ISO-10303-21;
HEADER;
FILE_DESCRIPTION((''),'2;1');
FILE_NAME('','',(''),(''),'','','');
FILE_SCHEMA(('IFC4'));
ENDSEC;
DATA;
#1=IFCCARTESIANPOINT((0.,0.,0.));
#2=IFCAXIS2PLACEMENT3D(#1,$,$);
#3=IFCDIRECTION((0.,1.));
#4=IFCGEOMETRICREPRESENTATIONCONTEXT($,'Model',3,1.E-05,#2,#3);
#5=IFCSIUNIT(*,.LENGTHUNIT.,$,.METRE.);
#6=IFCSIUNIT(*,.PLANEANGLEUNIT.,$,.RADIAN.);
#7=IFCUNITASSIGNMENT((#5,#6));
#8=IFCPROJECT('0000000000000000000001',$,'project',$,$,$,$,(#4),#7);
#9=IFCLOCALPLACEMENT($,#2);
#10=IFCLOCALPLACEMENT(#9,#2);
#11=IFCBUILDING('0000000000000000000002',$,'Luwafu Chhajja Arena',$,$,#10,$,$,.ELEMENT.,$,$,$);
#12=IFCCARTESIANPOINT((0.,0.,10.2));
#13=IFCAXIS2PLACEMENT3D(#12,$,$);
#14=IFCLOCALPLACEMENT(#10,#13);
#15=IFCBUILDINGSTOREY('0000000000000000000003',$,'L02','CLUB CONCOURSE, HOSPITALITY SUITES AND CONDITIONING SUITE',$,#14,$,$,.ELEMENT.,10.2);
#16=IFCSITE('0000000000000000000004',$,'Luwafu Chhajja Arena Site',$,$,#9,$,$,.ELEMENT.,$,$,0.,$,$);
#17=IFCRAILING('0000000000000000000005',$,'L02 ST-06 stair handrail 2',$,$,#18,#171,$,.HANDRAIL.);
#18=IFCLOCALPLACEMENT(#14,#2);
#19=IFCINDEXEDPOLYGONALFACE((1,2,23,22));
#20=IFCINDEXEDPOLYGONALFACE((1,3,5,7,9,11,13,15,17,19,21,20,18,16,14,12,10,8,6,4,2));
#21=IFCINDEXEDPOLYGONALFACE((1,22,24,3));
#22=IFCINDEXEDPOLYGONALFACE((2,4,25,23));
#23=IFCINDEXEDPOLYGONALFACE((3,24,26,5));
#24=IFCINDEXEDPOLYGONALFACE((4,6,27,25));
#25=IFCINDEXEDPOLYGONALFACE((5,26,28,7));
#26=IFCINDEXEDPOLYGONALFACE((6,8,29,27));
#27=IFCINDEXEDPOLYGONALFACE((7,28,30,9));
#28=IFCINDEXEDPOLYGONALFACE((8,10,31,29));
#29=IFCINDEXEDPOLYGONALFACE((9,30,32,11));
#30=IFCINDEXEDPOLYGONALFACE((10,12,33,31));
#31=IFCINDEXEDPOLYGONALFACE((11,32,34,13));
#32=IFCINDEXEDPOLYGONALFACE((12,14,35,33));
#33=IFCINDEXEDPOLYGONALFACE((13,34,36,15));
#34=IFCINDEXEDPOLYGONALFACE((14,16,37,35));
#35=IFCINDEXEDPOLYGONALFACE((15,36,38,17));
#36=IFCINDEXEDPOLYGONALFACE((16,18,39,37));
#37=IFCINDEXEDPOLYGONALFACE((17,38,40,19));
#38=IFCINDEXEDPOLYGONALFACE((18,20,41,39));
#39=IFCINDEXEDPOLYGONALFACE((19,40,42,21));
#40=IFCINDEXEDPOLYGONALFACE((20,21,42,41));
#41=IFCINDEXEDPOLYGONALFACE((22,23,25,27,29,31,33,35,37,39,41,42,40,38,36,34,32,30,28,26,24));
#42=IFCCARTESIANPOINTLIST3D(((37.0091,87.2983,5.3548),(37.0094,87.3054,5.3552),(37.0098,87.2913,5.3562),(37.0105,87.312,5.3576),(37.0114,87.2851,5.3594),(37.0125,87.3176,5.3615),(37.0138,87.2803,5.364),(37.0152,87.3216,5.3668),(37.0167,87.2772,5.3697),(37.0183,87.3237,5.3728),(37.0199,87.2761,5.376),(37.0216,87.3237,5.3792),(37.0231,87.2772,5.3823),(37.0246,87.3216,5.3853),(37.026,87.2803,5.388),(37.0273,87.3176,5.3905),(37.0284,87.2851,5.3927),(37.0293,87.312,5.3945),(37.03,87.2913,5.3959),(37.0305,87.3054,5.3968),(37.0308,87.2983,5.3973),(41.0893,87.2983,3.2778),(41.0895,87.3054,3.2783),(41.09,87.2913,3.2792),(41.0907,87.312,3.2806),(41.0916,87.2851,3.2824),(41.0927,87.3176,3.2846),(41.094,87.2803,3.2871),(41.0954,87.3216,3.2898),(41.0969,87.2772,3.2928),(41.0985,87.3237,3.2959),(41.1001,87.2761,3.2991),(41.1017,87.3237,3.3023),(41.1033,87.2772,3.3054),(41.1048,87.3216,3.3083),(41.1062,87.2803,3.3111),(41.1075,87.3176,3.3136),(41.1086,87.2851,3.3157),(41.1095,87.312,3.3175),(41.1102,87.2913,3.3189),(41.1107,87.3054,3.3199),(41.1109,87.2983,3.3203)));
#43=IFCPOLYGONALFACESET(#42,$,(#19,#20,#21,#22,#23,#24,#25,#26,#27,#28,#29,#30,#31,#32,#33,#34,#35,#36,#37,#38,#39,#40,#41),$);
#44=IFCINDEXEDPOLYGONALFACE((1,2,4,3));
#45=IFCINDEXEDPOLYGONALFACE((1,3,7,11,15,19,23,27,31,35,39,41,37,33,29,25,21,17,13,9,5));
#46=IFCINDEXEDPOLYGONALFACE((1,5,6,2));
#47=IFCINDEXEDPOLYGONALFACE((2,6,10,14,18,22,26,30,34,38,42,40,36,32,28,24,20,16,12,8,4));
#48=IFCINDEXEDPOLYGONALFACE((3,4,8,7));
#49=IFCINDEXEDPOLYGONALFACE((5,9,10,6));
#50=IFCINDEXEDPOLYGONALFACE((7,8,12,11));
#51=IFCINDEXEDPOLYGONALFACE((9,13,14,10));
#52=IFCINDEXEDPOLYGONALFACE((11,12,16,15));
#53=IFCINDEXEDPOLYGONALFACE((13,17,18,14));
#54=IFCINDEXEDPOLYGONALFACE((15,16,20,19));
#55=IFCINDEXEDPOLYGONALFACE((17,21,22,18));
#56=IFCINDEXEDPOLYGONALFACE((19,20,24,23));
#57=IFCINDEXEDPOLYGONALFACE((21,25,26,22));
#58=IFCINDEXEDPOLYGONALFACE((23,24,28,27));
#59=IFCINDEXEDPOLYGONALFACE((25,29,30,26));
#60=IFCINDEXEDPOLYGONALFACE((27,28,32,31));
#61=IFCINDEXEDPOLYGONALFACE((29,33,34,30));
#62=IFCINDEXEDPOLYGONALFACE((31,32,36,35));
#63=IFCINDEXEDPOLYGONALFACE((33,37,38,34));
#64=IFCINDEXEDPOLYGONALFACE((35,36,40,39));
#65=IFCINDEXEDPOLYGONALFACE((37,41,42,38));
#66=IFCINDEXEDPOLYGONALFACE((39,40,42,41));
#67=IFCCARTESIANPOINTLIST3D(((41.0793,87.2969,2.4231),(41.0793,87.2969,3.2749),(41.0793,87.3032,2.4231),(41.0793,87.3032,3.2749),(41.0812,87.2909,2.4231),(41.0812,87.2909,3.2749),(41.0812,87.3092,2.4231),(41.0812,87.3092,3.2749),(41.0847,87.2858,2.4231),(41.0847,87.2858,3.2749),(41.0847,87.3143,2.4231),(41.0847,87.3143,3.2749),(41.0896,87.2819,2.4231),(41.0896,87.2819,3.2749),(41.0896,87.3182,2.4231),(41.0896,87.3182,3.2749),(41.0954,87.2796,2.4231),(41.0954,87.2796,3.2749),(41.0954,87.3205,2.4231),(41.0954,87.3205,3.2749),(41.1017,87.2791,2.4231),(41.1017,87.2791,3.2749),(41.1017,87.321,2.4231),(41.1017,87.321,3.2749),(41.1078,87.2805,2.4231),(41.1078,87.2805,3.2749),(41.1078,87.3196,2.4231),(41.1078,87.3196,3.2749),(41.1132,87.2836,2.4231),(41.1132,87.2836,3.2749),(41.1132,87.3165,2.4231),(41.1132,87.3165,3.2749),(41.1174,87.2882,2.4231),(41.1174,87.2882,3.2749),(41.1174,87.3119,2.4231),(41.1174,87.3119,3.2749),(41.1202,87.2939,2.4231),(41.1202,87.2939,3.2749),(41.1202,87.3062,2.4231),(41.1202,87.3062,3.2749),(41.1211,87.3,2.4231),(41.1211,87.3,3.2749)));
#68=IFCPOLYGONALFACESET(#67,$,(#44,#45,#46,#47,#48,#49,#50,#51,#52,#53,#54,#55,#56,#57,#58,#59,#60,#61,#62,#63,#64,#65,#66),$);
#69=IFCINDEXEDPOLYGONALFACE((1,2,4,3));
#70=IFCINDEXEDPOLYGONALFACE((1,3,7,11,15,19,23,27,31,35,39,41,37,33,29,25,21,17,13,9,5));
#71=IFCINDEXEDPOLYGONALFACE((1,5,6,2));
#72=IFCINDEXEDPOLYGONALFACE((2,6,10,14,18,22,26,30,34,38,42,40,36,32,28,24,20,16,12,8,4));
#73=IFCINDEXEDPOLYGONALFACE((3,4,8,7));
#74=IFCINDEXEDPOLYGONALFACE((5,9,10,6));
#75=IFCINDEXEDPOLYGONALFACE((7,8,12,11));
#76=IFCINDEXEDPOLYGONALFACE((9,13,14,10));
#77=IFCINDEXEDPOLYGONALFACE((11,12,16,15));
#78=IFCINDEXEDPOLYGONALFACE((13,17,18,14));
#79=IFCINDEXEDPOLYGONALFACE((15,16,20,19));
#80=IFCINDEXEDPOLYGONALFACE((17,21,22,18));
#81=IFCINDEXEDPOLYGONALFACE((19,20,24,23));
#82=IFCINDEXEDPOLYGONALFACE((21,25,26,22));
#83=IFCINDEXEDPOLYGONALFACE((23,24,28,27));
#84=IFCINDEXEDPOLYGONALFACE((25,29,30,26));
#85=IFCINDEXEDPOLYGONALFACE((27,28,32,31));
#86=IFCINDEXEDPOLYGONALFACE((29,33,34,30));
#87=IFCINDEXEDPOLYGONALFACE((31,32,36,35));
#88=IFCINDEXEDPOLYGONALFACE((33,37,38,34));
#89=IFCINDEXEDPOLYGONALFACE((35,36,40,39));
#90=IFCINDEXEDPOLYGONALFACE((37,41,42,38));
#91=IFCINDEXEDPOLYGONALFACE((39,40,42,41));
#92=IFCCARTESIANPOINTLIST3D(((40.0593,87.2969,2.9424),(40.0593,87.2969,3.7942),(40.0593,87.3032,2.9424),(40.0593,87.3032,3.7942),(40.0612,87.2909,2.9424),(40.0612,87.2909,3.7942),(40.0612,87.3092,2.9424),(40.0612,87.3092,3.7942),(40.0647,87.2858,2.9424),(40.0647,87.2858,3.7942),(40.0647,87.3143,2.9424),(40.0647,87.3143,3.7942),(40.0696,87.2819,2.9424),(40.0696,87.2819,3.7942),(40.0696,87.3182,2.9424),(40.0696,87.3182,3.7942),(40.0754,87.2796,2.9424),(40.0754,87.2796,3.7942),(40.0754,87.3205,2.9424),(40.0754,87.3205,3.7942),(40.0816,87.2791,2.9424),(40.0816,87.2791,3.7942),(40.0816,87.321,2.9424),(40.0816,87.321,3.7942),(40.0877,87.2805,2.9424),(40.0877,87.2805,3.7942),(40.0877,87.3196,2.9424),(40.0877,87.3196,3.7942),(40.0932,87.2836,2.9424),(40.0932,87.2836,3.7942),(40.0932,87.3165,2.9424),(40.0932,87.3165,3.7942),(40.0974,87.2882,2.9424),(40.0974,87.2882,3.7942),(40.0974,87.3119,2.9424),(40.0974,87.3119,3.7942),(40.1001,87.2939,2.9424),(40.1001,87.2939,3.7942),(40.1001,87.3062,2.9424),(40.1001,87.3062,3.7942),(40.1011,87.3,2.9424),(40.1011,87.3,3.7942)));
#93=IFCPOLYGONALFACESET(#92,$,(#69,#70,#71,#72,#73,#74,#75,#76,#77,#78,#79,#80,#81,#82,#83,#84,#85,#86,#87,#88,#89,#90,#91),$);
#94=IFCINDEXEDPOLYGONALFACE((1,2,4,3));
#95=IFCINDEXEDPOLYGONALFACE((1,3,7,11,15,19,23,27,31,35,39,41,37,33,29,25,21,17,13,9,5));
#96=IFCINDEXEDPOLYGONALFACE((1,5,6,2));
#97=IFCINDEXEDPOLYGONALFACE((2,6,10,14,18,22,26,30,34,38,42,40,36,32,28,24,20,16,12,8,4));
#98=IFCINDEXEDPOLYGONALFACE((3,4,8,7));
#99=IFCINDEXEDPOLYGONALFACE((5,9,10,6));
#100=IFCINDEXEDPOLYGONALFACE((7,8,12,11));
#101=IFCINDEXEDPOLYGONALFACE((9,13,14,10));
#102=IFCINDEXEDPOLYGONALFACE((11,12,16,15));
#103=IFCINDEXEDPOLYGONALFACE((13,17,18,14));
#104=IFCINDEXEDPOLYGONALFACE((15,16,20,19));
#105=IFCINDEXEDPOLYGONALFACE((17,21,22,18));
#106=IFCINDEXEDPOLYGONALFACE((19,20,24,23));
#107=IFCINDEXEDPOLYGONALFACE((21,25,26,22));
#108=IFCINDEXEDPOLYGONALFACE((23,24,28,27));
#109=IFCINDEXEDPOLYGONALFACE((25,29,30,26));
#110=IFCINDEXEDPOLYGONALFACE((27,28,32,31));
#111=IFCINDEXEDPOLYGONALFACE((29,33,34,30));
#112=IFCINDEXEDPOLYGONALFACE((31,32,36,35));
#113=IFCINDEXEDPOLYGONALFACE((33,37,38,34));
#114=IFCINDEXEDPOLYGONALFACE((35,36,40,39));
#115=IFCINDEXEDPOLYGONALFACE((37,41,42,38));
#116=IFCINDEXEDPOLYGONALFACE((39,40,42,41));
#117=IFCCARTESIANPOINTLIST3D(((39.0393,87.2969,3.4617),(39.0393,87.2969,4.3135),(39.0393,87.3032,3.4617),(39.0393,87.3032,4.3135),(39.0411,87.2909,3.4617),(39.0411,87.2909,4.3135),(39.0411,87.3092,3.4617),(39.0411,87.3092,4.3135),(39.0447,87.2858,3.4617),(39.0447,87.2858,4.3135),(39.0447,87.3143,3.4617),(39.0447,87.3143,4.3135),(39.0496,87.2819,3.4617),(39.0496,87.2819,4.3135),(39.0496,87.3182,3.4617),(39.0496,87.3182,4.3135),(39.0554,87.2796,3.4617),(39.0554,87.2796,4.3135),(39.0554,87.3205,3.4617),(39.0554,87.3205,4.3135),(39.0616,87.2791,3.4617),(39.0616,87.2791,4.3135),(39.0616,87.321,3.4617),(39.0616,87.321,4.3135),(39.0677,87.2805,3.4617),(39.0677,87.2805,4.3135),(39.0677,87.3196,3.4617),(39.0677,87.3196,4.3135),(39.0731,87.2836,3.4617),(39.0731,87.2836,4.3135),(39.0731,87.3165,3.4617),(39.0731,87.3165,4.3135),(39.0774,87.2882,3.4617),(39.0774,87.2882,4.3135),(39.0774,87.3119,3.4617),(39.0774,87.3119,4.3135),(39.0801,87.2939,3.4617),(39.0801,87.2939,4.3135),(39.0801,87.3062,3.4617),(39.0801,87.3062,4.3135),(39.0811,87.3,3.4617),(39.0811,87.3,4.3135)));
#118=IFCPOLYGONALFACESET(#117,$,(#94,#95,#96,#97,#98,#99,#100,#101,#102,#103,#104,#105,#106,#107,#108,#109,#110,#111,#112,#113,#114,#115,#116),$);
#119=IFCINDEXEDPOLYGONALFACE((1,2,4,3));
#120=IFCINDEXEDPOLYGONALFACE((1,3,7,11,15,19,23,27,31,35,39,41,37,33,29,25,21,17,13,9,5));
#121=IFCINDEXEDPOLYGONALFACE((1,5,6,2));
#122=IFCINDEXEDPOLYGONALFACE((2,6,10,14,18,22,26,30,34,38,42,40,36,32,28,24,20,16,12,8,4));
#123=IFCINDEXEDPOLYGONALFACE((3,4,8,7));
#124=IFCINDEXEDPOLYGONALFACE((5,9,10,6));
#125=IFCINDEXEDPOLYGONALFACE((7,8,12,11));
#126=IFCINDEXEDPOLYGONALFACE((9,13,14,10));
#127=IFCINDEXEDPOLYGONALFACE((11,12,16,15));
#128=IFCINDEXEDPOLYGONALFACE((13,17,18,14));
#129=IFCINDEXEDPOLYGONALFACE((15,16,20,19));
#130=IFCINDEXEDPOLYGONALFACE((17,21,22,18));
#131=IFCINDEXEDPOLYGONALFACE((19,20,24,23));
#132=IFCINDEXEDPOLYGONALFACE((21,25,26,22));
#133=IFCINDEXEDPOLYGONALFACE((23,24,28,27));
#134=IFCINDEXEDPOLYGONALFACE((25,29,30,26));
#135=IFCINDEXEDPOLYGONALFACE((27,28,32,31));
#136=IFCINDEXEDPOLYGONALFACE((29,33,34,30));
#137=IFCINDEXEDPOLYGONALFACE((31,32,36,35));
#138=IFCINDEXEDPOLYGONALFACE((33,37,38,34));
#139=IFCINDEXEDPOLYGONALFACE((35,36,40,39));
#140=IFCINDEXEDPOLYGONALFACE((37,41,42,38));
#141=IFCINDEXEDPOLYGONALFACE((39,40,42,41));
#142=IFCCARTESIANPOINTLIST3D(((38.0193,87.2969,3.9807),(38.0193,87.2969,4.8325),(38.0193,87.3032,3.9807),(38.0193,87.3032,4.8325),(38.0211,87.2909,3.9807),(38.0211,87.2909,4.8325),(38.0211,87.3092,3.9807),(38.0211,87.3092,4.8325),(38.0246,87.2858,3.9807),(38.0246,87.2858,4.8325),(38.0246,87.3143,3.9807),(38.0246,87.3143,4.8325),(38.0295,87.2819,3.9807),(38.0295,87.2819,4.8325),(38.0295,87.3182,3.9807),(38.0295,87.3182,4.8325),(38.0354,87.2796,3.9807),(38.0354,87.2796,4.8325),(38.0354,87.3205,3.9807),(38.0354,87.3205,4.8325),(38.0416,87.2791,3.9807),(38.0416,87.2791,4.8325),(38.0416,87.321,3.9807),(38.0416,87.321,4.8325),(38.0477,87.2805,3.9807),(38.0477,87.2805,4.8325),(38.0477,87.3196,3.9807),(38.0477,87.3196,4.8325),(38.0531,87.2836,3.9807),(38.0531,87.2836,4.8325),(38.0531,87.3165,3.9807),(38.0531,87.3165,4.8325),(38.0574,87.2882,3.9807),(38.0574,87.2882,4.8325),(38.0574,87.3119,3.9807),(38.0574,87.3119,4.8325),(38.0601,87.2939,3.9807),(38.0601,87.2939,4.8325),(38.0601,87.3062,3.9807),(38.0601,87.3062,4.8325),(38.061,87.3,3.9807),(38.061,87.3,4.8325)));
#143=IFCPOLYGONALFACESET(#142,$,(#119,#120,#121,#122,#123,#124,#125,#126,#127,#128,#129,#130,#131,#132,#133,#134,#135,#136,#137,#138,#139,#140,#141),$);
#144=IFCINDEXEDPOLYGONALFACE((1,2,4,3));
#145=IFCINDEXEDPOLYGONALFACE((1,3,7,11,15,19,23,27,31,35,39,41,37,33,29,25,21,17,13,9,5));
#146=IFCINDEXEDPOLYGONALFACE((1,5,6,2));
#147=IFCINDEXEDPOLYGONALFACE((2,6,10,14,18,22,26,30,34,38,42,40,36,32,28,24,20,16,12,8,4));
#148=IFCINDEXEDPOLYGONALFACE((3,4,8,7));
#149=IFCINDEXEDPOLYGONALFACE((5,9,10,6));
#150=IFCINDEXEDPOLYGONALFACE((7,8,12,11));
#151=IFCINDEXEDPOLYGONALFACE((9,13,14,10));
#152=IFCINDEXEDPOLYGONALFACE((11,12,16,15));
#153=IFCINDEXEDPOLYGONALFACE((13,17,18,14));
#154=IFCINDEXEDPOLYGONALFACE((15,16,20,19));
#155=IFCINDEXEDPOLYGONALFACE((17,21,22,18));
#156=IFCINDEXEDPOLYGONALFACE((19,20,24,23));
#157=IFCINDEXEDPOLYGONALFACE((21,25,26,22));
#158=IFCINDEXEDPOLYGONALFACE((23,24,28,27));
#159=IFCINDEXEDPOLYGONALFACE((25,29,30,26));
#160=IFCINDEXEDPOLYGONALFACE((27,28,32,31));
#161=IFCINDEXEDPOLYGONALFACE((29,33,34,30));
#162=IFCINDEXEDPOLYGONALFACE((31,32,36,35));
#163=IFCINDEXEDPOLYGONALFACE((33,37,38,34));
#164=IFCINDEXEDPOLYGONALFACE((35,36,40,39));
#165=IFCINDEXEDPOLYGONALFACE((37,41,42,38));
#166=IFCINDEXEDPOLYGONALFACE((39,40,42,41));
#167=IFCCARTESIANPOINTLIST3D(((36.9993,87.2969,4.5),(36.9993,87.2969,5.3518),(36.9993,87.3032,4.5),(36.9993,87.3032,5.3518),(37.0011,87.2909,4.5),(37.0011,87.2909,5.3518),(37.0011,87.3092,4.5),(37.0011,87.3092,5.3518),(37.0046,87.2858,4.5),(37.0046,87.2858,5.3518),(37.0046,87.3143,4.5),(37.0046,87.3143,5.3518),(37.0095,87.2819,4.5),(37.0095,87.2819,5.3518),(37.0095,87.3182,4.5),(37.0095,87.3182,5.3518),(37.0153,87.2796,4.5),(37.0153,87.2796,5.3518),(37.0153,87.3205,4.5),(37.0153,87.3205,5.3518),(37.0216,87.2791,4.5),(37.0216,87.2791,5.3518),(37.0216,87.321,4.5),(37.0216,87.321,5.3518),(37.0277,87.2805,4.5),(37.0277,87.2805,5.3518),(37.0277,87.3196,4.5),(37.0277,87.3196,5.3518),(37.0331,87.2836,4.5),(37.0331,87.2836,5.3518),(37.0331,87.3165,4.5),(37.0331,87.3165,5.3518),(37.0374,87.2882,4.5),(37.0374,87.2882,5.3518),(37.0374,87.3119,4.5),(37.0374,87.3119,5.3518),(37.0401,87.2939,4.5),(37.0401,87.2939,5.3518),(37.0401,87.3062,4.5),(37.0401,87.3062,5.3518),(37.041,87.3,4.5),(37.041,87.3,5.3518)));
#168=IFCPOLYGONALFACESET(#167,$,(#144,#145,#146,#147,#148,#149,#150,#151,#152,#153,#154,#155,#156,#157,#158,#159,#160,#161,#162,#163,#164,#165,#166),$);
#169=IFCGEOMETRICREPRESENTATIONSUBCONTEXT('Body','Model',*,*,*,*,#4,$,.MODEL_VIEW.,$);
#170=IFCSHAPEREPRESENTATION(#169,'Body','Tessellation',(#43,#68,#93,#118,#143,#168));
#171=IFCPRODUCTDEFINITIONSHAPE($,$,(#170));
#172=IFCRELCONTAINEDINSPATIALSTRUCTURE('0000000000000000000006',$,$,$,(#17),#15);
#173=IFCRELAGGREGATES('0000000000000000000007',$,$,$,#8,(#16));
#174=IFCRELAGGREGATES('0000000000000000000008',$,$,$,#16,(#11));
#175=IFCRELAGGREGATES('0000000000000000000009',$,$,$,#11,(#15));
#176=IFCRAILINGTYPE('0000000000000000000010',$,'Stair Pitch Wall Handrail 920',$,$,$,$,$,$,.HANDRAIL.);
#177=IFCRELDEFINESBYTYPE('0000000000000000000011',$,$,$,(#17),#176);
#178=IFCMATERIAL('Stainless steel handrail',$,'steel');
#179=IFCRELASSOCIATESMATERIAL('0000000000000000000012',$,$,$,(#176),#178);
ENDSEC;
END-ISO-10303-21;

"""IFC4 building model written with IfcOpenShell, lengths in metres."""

from ifc_helpers import new_model, si_unit, direction, frame, origin, origin_2d, place, context, subcontext, project, spatial, circle, extrude, material, type_object, element, save


model = new_model("IFC4")

# Units and contexts
model_context = context("Model", 3, precision=1e-05, world=origin(), true_north=direction((0.0, 1.0)))
body_context = subcontext(model_context, "Body", "Model", "MODEL_VIEW")
ifc_project = project(units=[si_unit("LENGTHUNIT", "METRE"), si_unit("PLANEANGLEUNIT", "RADIAN")], contexts=[model_context])

# Site, building, storey
site_placement = place(None, origin())
site = spatial("IfcSite", under=ifc_project, at=site_placement, Name="Luwafu Chhajja Arena Site", CompositionType="ELEMENT", RefElevation=0.0)
building_placement = place(site_placement, origin())
building = spatial("IfcBuilding", under=site, at=building_placement, Name="Luwafu Chhajja Arena", CompositionType="ELEMENT")
storey_placement = place(building_placement, frame((0.0, 0.0, 10.2)))
storey = spatial("IfcBuildingStorey", under=building, at=storey_placement, Name="L02", Description="CLUB CONCOURSE, HOSPITALITY SUITES AND CONDITIONING SUITE", CompositionType="ELEMENT", Elevation=10.2)

# Railing
ifc_material_1 = material(Name="Stainless steel handrail", Category="steel")
railing_type_1 = type_object("IfcRailingType", Name="Stair Pitch Wall Handrail 920", PredefinedType="HANDRAIL", material=ifc_material_1)
railing_1_placement = place(storey_placement, frame((41.1001, 87.3, 2.4231)))
element("IfcRailing", 1, at=railing_1_placement, inside=storey, type_object=railing_type_1, Name="L02 ST-06 stair handrail 2", PredefinedType="HANDRAIL", context=body_context, shape_type="SweptSolid", body=[
    extrude(circle(Radius=0.0239, at=origin_2d()), frame((0.0, 0.0, 0.876), z_axis=(-0.891183, 0.0, 0.453644), x_axis=(0.0, -1.0, 0.0)), (0.0, 0.0, 1.0), 4.5784),
    extrude(circle(Radius=0.021, at=origin_2d()), origin(), (0.0, 0.0, 1.0), 0.8518),
    extrude(circle(Radius=0.021, at=origin_2d()), frame((-1.02, 0.0, 0.5193)), (0.0, 0.0, 1.0), 0.8518),
    extrude(circle(Radius=0.021, at=origin_2d()), frame((-2.04, 0.0, 1.0386)), (0.0, 0.0, 1.0), 0.8518),
    extrude(circle(Radius=0.021, at=origin_2d()), frame((-3.0601, 0.0, 1.5576)), (0.0, 0.0, 1.0), 0.8518),
    extrude(circle(Radius=0.021, at=origin_2d()), frame((-4.0801, 0.0, 2.0769)), (0.0, 0.0, 1.0), 0.8518),
])

save(model, "model.ifc")
